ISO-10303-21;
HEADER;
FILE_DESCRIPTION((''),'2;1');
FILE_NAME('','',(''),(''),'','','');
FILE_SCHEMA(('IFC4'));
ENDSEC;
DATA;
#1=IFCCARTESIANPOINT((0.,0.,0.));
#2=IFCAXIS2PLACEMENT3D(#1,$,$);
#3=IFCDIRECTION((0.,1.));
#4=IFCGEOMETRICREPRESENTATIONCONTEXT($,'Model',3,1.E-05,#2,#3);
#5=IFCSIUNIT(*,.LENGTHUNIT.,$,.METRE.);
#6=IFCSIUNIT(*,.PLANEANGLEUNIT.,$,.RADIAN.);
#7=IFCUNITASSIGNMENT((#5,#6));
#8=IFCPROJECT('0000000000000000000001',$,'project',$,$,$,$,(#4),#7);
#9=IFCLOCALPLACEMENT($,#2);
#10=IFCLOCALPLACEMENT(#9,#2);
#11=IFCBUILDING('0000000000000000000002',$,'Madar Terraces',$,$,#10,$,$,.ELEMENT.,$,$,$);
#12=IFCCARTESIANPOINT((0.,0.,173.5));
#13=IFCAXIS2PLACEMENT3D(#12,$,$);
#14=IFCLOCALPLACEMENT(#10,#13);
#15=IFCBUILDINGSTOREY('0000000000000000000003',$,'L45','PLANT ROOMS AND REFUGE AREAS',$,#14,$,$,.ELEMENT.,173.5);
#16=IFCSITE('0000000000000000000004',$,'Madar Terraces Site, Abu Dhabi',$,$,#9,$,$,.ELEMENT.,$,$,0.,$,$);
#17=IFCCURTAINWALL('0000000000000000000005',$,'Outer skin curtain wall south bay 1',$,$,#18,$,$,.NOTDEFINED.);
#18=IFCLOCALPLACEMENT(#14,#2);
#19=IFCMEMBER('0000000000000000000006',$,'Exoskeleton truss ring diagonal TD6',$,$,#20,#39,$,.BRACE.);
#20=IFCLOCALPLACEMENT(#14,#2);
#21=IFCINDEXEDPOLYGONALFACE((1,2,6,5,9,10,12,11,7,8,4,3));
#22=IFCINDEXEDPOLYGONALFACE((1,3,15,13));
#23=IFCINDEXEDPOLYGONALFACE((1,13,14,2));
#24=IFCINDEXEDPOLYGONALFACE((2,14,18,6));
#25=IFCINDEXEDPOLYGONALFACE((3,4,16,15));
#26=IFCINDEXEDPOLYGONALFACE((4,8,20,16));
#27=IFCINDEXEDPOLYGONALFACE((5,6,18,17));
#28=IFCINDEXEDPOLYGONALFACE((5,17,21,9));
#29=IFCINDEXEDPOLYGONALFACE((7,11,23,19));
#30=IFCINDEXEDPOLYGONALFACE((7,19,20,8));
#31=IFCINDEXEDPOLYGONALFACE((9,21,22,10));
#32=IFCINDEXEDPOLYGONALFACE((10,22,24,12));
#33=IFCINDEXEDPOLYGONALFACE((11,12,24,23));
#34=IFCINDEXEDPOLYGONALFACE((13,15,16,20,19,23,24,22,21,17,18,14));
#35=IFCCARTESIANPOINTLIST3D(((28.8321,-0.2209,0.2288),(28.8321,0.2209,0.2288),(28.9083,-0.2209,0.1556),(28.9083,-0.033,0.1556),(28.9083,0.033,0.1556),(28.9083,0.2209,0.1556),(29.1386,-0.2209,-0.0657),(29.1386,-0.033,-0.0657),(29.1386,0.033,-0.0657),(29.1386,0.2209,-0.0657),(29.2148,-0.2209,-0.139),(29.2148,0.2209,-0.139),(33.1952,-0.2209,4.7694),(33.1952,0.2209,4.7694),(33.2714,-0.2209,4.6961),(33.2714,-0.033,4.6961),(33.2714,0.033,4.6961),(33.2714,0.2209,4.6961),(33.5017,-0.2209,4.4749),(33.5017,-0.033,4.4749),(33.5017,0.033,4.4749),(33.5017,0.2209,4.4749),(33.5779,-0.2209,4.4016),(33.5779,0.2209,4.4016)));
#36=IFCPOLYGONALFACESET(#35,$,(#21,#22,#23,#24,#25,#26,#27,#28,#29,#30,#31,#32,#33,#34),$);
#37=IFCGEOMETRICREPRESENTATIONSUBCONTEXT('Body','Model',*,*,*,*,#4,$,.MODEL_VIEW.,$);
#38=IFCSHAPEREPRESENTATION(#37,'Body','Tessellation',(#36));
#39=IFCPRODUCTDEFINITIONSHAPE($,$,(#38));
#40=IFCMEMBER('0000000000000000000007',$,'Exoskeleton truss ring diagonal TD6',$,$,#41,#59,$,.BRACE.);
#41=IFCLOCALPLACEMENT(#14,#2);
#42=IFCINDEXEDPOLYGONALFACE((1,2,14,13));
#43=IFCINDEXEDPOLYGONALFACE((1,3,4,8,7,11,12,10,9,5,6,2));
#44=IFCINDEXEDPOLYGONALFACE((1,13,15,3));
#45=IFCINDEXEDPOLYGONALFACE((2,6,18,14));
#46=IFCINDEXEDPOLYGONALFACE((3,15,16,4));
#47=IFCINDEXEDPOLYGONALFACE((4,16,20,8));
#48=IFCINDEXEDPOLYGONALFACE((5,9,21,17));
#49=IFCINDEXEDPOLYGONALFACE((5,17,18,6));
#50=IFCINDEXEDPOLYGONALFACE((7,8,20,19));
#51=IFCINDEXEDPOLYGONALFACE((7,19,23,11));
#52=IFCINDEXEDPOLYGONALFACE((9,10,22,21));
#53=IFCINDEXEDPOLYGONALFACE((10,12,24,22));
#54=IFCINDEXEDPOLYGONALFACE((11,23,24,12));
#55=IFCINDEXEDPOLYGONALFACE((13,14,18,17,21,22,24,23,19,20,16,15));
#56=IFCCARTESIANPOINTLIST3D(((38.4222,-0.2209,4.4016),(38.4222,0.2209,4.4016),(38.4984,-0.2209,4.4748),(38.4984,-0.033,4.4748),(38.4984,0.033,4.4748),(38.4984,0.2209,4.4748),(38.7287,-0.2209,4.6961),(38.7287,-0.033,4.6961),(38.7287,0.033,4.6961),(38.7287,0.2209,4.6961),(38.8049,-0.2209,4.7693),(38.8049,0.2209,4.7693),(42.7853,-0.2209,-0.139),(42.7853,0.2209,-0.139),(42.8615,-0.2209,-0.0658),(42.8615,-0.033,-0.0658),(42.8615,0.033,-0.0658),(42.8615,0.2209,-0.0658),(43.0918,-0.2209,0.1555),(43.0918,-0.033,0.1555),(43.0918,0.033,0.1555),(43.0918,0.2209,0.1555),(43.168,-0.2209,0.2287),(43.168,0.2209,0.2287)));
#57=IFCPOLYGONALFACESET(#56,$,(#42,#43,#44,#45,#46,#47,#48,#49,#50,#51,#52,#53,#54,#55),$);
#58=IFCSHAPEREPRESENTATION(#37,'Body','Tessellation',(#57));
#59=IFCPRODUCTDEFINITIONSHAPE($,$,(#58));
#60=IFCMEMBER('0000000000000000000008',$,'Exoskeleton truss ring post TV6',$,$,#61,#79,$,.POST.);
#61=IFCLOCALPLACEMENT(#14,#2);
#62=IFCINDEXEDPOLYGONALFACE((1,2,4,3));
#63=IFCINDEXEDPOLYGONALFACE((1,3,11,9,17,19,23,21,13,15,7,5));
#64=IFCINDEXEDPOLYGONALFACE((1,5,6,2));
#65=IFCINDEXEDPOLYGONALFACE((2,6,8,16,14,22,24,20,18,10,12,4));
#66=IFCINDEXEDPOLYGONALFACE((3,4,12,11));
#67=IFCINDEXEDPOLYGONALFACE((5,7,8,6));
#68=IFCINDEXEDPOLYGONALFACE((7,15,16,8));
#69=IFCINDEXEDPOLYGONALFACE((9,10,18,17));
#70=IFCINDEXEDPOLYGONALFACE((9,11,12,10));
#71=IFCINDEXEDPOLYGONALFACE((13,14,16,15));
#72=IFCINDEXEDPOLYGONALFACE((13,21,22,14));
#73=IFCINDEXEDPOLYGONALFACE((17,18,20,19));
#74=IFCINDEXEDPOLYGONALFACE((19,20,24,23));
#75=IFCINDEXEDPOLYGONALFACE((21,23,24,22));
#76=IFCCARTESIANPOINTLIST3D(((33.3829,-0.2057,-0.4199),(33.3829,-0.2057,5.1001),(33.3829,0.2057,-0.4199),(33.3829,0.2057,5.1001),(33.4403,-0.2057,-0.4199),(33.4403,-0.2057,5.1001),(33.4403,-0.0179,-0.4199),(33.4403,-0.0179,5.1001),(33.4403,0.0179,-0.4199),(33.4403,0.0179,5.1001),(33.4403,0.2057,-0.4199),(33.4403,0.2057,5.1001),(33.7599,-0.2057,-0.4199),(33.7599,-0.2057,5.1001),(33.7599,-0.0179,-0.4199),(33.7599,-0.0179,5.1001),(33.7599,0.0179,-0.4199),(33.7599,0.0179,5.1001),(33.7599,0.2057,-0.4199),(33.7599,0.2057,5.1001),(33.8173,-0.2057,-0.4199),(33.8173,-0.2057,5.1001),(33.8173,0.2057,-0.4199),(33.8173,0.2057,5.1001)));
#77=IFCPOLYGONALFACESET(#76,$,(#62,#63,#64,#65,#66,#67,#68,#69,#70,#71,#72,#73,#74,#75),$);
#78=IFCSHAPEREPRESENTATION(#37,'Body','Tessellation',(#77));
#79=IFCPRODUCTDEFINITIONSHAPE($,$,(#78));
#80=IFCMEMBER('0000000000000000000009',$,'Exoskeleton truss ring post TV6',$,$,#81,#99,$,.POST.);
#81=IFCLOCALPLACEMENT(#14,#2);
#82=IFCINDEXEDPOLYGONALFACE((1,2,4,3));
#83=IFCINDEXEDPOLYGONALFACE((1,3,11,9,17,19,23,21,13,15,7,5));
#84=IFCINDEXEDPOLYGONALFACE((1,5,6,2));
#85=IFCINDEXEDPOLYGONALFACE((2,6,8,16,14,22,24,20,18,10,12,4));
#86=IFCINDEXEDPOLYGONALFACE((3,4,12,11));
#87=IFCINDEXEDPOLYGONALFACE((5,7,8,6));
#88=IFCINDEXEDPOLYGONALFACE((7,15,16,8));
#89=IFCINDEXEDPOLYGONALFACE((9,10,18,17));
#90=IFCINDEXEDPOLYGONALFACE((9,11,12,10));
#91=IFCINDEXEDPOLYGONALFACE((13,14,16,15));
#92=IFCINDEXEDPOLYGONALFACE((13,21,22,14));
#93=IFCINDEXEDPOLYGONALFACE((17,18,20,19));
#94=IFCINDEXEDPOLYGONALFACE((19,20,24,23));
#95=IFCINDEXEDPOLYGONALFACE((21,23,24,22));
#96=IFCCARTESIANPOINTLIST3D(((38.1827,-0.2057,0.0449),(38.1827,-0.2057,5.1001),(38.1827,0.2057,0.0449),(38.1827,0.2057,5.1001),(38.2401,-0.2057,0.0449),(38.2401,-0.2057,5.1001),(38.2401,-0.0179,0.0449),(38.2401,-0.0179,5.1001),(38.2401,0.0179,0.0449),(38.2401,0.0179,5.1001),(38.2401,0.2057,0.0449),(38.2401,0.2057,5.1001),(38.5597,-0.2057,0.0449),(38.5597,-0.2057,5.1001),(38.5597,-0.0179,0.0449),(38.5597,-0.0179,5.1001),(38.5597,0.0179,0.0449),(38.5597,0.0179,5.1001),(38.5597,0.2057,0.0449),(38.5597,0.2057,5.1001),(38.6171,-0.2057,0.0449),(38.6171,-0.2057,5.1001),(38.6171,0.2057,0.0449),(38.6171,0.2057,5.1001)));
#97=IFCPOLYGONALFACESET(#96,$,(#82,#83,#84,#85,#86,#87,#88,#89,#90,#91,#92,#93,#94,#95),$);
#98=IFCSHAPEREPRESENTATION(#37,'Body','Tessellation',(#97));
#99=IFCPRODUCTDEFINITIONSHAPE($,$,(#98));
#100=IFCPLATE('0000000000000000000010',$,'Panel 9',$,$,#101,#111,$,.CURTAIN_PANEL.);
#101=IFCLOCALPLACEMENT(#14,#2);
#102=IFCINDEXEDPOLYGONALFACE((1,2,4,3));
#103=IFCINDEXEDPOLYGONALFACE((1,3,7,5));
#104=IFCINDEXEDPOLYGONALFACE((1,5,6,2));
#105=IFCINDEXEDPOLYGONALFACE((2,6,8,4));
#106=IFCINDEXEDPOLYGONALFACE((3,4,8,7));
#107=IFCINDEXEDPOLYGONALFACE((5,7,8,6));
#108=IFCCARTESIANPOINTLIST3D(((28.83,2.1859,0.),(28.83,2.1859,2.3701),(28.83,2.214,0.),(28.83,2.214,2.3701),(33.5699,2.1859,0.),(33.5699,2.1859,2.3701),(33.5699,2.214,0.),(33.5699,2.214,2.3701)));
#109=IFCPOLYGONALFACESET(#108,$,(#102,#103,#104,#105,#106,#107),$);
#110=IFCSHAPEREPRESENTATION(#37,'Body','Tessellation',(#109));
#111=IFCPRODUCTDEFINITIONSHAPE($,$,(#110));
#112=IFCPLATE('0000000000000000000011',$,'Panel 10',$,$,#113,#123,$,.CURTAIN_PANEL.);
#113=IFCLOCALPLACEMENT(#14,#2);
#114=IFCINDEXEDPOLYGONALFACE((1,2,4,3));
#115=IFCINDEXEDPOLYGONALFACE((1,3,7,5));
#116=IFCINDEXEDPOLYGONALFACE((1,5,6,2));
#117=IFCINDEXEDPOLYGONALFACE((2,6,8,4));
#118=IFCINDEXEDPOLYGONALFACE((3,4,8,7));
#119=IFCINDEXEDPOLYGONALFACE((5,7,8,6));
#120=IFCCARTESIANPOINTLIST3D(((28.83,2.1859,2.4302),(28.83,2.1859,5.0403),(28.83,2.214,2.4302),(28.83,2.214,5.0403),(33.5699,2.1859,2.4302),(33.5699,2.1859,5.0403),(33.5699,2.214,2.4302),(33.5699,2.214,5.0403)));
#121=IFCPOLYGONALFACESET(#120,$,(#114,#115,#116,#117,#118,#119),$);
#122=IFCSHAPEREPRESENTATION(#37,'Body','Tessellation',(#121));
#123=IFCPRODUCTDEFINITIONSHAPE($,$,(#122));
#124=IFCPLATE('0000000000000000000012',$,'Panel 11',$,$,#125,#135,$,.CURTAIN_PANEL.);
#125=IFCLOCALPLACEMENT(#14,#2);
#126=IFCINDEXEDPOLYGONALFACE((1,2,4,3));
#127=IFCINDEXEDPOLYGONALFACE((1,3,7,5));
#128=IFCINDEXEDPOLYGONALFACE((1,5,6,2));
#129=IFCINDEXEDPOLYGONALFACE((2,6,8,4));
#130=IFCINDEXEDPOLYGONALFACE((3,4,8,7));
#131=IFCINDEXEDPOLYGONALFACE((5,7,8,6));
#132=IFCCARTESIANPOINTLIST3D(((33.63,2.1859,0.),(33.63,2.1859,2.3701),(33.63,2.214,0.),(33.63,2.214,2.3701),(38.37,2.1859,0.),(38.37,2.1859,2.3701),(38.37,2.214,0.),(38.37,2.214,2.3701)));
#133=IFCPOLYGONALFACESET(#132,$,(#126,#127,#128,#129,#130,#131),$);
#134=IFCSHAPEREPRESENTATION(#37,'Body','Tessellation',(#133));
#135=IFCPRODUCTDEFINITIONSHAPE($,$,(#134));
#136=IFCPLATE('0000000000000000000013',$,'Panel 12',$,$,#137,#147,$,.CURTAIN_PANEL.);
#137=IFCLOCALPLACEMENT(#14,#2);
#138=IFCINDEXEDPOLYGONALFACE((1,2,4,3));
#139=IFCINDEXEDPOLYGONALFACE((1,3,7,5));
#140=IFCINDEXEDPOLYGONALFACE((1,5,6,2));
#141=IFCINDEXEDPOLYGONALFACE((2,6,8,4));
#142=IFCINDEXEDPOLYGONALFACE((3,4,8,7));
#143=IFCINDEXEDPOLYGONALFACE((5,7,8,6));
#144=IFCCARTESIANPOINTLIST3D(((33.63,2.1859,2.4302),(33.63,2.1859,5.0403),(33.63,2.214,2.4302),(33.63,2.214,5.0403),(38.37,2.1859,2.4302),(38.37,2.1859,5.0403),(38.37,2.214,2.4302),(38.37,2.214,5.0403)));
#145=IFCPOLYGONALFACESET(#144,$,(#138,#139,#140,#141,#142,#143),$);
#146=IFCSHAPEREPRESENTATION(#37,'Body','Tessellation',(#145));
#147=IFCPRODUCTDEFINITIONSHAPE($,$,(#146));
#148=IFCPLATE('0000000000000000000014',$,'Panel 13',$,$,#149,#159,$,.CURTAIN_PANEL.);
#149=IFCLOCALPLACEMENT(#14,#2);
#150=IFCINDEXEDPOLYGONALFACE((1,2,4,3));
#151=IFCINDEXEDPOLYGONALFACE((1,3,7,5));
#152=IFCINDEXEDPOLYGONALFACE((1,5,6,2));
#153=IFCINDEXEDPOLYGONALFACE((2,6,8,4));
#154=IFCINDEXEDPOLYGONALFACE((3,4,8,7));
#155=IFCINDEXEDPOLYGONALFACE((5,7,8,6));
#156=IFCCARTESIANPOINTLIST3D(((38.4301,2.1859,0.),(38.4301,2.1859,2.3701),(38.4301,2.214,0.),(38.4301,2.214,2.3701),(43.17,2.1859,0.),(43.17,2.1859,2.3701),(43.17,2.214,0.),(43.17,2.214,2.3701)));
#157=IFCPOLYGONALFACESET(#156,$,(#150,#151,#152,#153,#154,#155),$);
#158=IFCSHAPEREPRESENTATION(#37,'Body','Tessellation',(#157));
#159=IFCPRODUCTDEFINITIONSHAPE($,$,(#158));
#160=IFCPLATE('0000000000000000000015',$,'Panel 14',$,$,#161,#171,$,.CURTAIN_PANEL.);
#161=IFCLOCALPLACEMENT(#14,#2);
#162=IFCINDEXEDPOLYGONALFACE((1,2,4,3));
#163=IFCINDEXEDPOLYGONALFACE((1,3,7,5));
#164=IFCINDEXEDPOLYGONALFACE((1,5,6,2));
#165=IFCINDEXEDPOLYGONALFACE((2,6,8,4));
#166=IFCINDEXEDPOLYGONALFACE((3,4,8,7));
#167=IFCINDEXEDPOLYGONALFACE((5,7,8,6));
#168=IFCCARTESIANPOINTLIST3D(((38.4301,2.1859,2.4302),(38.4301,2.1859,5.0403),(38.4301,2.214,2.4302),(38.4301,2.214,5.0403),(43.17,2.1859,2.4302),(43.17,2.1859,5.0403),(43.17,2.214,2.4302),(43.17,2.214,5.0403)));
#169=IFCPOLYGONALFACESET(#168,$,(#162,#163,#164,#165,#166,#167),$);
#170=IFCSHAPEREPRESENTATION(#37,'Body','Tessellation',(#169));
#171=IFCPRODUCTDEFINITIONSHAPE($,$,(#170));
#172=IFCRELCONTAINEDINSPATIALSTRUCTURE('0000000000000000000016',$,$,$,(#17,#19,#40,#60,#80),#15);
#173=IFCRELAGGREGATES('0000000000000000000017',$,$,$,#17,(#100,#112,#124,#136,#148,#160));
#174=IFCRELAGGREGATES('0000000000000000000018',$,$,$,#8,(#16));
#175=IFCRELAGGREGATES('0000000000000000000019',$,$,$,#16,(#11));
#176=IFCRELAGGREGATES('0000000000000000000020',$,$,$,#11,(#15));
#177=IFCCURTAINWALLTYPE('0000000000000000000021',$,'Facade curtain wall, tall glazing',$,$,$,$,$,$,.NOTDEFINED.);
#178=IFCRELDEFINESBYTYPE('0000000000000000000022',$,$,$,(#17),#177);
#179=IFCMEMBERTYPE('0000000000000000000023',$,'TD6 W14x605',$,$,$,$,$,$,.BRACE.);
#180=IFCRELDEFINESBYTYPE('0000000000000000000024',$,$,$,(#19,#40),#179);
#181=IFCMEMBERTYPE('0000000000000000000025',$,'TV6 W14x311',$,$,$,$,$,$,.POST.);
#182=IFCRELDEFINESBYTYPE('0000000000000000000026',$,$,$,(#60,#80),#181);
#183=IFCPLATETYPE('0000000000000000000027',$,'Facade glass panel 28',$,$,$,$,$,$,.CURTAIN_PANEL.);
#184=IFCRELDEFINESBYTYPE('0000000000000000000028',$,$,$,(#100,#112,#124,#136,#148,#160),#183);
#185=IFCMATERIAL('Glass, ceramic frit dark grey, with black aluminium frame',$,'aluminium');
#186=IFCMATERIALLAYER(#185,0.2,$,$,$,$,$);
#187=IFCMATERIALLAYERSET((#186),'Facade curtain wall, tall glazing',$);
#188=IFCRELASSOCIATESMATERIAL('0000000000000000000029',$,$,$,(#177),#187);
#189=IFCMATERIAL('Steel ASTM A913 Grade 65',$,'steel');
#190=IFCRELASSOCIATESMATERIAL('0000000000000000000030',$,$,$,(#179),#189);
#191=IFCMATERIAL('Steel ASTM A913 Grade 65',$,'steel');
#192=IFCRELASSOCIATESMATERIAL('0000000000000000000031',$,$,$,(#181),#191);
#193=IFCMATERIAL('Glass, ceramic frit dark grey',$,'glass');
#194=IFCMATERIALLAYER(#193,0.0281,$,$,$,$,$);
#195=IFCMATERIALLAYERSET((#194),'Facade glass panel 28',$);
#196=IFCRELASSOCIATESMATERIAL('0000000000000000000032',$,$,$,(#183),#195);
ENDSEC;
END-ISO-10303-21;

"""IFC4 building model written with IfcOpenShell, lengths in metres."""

from ifc_helpers import new_model, si_unit, direction, frame, origin, origin_2d, place, context, subcontext, project, spatial, rectangle, i_section, extrude, material, layer, layer_set, material_profile, profile_set, type_object, element, aggregate, save


model = new_model("IFC4")

# Units and contexts
model_context = context("Model", 3, precision=1e-05, world=origin(), true_north=direction((0.0, 1.0)))
body_context = subcontext(model_context, "Body", "Model", "MODEL_VIEW")
ifc_project = project(units=[si_unit("LENGTHUNIT", "METRE"), si_unit("PLANEANGLEUNIT", "RADIAN")], contexts=[model_context])

# Site, building, storey
site_placement = place(None, origin())
site = spatial("IfcSite", under=ifc_project, at=site_placement, Name="Madar Terraces Site, Abu Dhabi", CompositionType="ELEMENT", RefElevation=0.0)
building_placement = place(site_placement, origin())
building = spatial("IfcBuilding", under=site, at=building_placement, Name="Madar Terraces", CompositionType="ELEMENT")
storey_placement = place(building_placement, frame((0.0, 0.0, 173.5)))
storey = spatial("IfcBuildingStorey", under=building, at=storey_placement, Name="L45", Description="PLANT ROOMS AND REFUGE AREAS", CompositionType="ELEMENT", Elevation=173.5)

# Curtain wall
ifc_material_1 = material(Name="Glass, ceramic frit dark grey, with black aluminium frame", Category="aluminium")
ifc_layer_1 = layer(ifc_material_1, 0.2)
ifc_layer_set_1 = layer_set([ifc_layer_1], Name="Facade curtain wall, tall glazing")
curtain_wall_type = type_object("IfcCurtainWallType", Name="Facade curtain wall, tall glazing", PredefinedType="NOTDEFINED", material=ifc_layer_set_1)
curtain_wall_placement = place(storey_placement, origin())
curtain_wall = element("IfcCurtainWall", 1, at=curtain_wall_placement, inside=storey, type_object=curtain_wall_type, Name="Outer skin curtain wall south bay 1", PredefinedType="NOTDEFINED")

# Members
ifc_material_2 = material(Name="Steel ASTM A913 Grade 65", Category="steel")
ifc_material_profile_1 = material_profile(ifc_material_2, i_section(OverallWidth=0.4419, OverallDepth=0.5308, WebThickness=0.0659, FlangeThickness=0.1057, at=origin_2d()), Name="W14x605")
ifc_profile_set_1 = profile_set([ifc_material_profile_1], Name="Steel ASTM A913 Grade 65")
member_type_1 = type_object("IfcMemberType", Name="TD6 W14x605", PredefinedType="BRACE", material=ifc_profile_set_1)
for number, where, z_axis, x_axis, name in (
    (2, (29.0234, 0.0, 0.0449), (0.692873, 0.0, 0.72106), (0.0, 1.0, 0.0), "Exoskeleton truss ring diagonal TD6"),
    (3, (38.6135, 0.0, 4.5854), (0.692873, 0.0, -0.72106), (0.0, 1.0, 0.0), "Exoskeleton truss ring diagonal TD6"),
):
    element("IfcMember", number, at=place(storey_placement, frame(where, z_axis=z_axis, x_axis=x_axis)), inside=storey, type_object=member_type_1, Name=name, PredefinedType="BRACE", context=body_context, shape_type="SweptSolid", body=[
        extrude(i_section(OverallWidth=0.4419, OverallDepth=0.5308, WebThickness=0.0659, FlangeThickness=0.1057, at=origin_2d()), origin(), (0.0, 0.0, 1.0), 6.2971),
    ])
ifc_material_3 = material(Name="Steel ASTM A913 Grade 65", Category="steel")
ifc_material_profile_2 = material_profile(ifc_material_3, i_section(OverallWidth=0.4114, OverallDepth=0.4343, WebThickness=0.0359, FlangeThickness=0.0574, at=origin_2d()), Name="W14x311")
ifc_profile_set_2 = profile_set([ifc_material_profile_2], Name="Steel ASTM A913 Grade 65")
member_type_2 = type_object("IfcMemberType", Name="TV6 W14x311", PredefinedType="POST", material=ifc_profile_set_2)
member_1_placement = place(storey_placement, frame((33.6001, 0.0, -0.4199), z_axis=(0.0, 0.0, 1.0), x_axis=(0.0, 1.0, 0.0)))
element("IfcMember", 4, at=member_1_placement, inside=storey, type_object=member_type_2, Name="Exoskeleton truss ring post TV6", PredefinedType="POST", context=body_context, shape_type="SweptSolid", body=[
    extrude(i_section(OverallWidth=0.4114, OverallDepth=0.4343, WebThickness=0.0359, FlangeThickness=0.0574, at=origin_2d()), origin(), (0.0, 0.0, 1.0), 5.52),
])
member_2_placement = place(storey_placement, frame((38.3999, 0.0, 0.0449), z_axis=(0.0, 0.0, 1.0), x_axis=(0.0, 1.0, 0.0)))
element("IfcMember", 5, at=member_2_placement, inside=storey, type_object=member_type_2, Name="Exoskeleton truss ring post TV6", PredefinedType="POST", context=body_context, shape_type="SweptSolid", body=[
    extrude(i_section(OverallWidth=0.4114, OverallDepth=0.4343, WebThickness=0.0359, FlangeThickness=0.0574, at=origin_2d()), origin(), (0.0, 0.0, 1.0), 5.0552),
])

# Plates
ifc_material_4 = material(Name="Glass, ceramic frit dark grey", Category="glass")
ifc_layer_2 = layer(ifc_material_4, 0.0281)
ifc_layer_set_2 = layer_set([ifc_layer_2], Name="Facade glass panel 28")
plate_type = type_object("IfcPlateType", Name="Facade glass panel 28", PredefinedType="CURTAIN_PANEL", material=ifc_layer_set_2)
plate_1_placement = place(storey_placement, frame((31.2, 2.2, 0.0), z_axis=(0.0, 0.0, 1.0), x_axis=(1.0, 0.0, 0.0)))
plate_1 = element("IfcPlate", 6, at=plate_1_placement, type_object=plate_type, Name="Panel 9", PredefinedType="CURTAIN_PANEL", context=body_context, shape_type="SweptSolid", body=[
    extrude(rectangle(XDim=4.74, YDim=0.0281, at=origin_2d()), origin(), (0.0, 0.0, 1.0), 2.3701),
])
plate_2_placement = place(storey_placement, frame((31.2, 2.2, 2.4302), z_axis=(0.0, 0.0, 1.0), x_axis=(1.0, 0.0, 0.0)))
plate_2 = element("IfcPlate", 7, at=plate_2_placement, type_object=plate_type, Name="Panel 10", PredefinedType="CURTAIN_PANEL", context=body_context, shape_type="SweptSolid", body=[
    extrude(rectangle(XDim=4.74, YDim=0.0281, at=origin_2d()), origin(), (0.0, 0.0, 1.0), 2.6101),
])
plate_3_placement = place(storey_placement, frame((36.0, 2.2, 0.0), z_axis=(0.0, 0.0, 1.0), x_axis=(1.0, 0.0, 0.0)))
plate_3 = element("IfcPlate", 8, at=plate_3_placement, type_object=plate_type, Name="Panel 11", PredefinedType="CURTAIN_PANEL", context=body_context, shape_type="SweptSolid", body=[
    extrude(rectangle(XDim=4.74, YDim=0.0281, at=origin_2d()), origin(), (0.0, 0.0, 1.0), 2.3701),
])
plate_4_placement = place(storey_placement, frame((36.0, 2.2, 2.4302), z_axis=(0.0, 0.0, 1.0), x_axis=(1.0, 0.0, 0.0)))
plate_4 = element("IfcPlate", 9, at=plate_4_placement, type_object=plate_type, Name="Panel 12", PredefinedType="CURTAIN_PANEL", context=body_context, shape_type="SweptSolid", body=[
    extrude(rectangle(XDim=4.74, YDim=0.0281, at=origin_2d()), origin(), (0.0, 0.0, 1.0), 2.6101),
])
plate_5_placement = place(storey_placement, frame((40.8, 2.2, 0.0), z_axis=(0.0, 0.0, 1.0), x_axis=(1.0, 0.0, 0.0)))
plate_5 = element("IfcPlate", 10, at=plate_5_placement, type_object=plate_type, Name="Panel 13", PredefinedType="CURTAIN_PANEL", context=body_context, shape_type="SweptSolid", body=[
    extrude(rectangle(XDim=4.74, YDim=0.0281, at=origin_2d()), origin(), (0.0, 0.0, 1.0), 2.3701),
])
plate_6_placement = place(storey_placement, frame((40.8, 2.2, 2.4302), z_axis=(0.0, 0.0, 1.0), x_axis=(1.0, 0.0, 0.0)))
plate_6 = element("IfcPlate", 11, at=plate_6_placement, type_object=plate_type, Name="Panel 14", PredefinedType="CURTAIN_PANEL", context=body_context, shape_type="SweptSolid", body=[
    extrude(rectangle(XDim=4.74, YDim=0.0281, at=origin_2d()), origin(), (0.0, 0.0, 1.0), 2.6101),
])
aggregate(curtain_wall, [plate_1, plate_2, plate_3, plate_4, plate_5, plate_6])

save(model, "model.ifc")
